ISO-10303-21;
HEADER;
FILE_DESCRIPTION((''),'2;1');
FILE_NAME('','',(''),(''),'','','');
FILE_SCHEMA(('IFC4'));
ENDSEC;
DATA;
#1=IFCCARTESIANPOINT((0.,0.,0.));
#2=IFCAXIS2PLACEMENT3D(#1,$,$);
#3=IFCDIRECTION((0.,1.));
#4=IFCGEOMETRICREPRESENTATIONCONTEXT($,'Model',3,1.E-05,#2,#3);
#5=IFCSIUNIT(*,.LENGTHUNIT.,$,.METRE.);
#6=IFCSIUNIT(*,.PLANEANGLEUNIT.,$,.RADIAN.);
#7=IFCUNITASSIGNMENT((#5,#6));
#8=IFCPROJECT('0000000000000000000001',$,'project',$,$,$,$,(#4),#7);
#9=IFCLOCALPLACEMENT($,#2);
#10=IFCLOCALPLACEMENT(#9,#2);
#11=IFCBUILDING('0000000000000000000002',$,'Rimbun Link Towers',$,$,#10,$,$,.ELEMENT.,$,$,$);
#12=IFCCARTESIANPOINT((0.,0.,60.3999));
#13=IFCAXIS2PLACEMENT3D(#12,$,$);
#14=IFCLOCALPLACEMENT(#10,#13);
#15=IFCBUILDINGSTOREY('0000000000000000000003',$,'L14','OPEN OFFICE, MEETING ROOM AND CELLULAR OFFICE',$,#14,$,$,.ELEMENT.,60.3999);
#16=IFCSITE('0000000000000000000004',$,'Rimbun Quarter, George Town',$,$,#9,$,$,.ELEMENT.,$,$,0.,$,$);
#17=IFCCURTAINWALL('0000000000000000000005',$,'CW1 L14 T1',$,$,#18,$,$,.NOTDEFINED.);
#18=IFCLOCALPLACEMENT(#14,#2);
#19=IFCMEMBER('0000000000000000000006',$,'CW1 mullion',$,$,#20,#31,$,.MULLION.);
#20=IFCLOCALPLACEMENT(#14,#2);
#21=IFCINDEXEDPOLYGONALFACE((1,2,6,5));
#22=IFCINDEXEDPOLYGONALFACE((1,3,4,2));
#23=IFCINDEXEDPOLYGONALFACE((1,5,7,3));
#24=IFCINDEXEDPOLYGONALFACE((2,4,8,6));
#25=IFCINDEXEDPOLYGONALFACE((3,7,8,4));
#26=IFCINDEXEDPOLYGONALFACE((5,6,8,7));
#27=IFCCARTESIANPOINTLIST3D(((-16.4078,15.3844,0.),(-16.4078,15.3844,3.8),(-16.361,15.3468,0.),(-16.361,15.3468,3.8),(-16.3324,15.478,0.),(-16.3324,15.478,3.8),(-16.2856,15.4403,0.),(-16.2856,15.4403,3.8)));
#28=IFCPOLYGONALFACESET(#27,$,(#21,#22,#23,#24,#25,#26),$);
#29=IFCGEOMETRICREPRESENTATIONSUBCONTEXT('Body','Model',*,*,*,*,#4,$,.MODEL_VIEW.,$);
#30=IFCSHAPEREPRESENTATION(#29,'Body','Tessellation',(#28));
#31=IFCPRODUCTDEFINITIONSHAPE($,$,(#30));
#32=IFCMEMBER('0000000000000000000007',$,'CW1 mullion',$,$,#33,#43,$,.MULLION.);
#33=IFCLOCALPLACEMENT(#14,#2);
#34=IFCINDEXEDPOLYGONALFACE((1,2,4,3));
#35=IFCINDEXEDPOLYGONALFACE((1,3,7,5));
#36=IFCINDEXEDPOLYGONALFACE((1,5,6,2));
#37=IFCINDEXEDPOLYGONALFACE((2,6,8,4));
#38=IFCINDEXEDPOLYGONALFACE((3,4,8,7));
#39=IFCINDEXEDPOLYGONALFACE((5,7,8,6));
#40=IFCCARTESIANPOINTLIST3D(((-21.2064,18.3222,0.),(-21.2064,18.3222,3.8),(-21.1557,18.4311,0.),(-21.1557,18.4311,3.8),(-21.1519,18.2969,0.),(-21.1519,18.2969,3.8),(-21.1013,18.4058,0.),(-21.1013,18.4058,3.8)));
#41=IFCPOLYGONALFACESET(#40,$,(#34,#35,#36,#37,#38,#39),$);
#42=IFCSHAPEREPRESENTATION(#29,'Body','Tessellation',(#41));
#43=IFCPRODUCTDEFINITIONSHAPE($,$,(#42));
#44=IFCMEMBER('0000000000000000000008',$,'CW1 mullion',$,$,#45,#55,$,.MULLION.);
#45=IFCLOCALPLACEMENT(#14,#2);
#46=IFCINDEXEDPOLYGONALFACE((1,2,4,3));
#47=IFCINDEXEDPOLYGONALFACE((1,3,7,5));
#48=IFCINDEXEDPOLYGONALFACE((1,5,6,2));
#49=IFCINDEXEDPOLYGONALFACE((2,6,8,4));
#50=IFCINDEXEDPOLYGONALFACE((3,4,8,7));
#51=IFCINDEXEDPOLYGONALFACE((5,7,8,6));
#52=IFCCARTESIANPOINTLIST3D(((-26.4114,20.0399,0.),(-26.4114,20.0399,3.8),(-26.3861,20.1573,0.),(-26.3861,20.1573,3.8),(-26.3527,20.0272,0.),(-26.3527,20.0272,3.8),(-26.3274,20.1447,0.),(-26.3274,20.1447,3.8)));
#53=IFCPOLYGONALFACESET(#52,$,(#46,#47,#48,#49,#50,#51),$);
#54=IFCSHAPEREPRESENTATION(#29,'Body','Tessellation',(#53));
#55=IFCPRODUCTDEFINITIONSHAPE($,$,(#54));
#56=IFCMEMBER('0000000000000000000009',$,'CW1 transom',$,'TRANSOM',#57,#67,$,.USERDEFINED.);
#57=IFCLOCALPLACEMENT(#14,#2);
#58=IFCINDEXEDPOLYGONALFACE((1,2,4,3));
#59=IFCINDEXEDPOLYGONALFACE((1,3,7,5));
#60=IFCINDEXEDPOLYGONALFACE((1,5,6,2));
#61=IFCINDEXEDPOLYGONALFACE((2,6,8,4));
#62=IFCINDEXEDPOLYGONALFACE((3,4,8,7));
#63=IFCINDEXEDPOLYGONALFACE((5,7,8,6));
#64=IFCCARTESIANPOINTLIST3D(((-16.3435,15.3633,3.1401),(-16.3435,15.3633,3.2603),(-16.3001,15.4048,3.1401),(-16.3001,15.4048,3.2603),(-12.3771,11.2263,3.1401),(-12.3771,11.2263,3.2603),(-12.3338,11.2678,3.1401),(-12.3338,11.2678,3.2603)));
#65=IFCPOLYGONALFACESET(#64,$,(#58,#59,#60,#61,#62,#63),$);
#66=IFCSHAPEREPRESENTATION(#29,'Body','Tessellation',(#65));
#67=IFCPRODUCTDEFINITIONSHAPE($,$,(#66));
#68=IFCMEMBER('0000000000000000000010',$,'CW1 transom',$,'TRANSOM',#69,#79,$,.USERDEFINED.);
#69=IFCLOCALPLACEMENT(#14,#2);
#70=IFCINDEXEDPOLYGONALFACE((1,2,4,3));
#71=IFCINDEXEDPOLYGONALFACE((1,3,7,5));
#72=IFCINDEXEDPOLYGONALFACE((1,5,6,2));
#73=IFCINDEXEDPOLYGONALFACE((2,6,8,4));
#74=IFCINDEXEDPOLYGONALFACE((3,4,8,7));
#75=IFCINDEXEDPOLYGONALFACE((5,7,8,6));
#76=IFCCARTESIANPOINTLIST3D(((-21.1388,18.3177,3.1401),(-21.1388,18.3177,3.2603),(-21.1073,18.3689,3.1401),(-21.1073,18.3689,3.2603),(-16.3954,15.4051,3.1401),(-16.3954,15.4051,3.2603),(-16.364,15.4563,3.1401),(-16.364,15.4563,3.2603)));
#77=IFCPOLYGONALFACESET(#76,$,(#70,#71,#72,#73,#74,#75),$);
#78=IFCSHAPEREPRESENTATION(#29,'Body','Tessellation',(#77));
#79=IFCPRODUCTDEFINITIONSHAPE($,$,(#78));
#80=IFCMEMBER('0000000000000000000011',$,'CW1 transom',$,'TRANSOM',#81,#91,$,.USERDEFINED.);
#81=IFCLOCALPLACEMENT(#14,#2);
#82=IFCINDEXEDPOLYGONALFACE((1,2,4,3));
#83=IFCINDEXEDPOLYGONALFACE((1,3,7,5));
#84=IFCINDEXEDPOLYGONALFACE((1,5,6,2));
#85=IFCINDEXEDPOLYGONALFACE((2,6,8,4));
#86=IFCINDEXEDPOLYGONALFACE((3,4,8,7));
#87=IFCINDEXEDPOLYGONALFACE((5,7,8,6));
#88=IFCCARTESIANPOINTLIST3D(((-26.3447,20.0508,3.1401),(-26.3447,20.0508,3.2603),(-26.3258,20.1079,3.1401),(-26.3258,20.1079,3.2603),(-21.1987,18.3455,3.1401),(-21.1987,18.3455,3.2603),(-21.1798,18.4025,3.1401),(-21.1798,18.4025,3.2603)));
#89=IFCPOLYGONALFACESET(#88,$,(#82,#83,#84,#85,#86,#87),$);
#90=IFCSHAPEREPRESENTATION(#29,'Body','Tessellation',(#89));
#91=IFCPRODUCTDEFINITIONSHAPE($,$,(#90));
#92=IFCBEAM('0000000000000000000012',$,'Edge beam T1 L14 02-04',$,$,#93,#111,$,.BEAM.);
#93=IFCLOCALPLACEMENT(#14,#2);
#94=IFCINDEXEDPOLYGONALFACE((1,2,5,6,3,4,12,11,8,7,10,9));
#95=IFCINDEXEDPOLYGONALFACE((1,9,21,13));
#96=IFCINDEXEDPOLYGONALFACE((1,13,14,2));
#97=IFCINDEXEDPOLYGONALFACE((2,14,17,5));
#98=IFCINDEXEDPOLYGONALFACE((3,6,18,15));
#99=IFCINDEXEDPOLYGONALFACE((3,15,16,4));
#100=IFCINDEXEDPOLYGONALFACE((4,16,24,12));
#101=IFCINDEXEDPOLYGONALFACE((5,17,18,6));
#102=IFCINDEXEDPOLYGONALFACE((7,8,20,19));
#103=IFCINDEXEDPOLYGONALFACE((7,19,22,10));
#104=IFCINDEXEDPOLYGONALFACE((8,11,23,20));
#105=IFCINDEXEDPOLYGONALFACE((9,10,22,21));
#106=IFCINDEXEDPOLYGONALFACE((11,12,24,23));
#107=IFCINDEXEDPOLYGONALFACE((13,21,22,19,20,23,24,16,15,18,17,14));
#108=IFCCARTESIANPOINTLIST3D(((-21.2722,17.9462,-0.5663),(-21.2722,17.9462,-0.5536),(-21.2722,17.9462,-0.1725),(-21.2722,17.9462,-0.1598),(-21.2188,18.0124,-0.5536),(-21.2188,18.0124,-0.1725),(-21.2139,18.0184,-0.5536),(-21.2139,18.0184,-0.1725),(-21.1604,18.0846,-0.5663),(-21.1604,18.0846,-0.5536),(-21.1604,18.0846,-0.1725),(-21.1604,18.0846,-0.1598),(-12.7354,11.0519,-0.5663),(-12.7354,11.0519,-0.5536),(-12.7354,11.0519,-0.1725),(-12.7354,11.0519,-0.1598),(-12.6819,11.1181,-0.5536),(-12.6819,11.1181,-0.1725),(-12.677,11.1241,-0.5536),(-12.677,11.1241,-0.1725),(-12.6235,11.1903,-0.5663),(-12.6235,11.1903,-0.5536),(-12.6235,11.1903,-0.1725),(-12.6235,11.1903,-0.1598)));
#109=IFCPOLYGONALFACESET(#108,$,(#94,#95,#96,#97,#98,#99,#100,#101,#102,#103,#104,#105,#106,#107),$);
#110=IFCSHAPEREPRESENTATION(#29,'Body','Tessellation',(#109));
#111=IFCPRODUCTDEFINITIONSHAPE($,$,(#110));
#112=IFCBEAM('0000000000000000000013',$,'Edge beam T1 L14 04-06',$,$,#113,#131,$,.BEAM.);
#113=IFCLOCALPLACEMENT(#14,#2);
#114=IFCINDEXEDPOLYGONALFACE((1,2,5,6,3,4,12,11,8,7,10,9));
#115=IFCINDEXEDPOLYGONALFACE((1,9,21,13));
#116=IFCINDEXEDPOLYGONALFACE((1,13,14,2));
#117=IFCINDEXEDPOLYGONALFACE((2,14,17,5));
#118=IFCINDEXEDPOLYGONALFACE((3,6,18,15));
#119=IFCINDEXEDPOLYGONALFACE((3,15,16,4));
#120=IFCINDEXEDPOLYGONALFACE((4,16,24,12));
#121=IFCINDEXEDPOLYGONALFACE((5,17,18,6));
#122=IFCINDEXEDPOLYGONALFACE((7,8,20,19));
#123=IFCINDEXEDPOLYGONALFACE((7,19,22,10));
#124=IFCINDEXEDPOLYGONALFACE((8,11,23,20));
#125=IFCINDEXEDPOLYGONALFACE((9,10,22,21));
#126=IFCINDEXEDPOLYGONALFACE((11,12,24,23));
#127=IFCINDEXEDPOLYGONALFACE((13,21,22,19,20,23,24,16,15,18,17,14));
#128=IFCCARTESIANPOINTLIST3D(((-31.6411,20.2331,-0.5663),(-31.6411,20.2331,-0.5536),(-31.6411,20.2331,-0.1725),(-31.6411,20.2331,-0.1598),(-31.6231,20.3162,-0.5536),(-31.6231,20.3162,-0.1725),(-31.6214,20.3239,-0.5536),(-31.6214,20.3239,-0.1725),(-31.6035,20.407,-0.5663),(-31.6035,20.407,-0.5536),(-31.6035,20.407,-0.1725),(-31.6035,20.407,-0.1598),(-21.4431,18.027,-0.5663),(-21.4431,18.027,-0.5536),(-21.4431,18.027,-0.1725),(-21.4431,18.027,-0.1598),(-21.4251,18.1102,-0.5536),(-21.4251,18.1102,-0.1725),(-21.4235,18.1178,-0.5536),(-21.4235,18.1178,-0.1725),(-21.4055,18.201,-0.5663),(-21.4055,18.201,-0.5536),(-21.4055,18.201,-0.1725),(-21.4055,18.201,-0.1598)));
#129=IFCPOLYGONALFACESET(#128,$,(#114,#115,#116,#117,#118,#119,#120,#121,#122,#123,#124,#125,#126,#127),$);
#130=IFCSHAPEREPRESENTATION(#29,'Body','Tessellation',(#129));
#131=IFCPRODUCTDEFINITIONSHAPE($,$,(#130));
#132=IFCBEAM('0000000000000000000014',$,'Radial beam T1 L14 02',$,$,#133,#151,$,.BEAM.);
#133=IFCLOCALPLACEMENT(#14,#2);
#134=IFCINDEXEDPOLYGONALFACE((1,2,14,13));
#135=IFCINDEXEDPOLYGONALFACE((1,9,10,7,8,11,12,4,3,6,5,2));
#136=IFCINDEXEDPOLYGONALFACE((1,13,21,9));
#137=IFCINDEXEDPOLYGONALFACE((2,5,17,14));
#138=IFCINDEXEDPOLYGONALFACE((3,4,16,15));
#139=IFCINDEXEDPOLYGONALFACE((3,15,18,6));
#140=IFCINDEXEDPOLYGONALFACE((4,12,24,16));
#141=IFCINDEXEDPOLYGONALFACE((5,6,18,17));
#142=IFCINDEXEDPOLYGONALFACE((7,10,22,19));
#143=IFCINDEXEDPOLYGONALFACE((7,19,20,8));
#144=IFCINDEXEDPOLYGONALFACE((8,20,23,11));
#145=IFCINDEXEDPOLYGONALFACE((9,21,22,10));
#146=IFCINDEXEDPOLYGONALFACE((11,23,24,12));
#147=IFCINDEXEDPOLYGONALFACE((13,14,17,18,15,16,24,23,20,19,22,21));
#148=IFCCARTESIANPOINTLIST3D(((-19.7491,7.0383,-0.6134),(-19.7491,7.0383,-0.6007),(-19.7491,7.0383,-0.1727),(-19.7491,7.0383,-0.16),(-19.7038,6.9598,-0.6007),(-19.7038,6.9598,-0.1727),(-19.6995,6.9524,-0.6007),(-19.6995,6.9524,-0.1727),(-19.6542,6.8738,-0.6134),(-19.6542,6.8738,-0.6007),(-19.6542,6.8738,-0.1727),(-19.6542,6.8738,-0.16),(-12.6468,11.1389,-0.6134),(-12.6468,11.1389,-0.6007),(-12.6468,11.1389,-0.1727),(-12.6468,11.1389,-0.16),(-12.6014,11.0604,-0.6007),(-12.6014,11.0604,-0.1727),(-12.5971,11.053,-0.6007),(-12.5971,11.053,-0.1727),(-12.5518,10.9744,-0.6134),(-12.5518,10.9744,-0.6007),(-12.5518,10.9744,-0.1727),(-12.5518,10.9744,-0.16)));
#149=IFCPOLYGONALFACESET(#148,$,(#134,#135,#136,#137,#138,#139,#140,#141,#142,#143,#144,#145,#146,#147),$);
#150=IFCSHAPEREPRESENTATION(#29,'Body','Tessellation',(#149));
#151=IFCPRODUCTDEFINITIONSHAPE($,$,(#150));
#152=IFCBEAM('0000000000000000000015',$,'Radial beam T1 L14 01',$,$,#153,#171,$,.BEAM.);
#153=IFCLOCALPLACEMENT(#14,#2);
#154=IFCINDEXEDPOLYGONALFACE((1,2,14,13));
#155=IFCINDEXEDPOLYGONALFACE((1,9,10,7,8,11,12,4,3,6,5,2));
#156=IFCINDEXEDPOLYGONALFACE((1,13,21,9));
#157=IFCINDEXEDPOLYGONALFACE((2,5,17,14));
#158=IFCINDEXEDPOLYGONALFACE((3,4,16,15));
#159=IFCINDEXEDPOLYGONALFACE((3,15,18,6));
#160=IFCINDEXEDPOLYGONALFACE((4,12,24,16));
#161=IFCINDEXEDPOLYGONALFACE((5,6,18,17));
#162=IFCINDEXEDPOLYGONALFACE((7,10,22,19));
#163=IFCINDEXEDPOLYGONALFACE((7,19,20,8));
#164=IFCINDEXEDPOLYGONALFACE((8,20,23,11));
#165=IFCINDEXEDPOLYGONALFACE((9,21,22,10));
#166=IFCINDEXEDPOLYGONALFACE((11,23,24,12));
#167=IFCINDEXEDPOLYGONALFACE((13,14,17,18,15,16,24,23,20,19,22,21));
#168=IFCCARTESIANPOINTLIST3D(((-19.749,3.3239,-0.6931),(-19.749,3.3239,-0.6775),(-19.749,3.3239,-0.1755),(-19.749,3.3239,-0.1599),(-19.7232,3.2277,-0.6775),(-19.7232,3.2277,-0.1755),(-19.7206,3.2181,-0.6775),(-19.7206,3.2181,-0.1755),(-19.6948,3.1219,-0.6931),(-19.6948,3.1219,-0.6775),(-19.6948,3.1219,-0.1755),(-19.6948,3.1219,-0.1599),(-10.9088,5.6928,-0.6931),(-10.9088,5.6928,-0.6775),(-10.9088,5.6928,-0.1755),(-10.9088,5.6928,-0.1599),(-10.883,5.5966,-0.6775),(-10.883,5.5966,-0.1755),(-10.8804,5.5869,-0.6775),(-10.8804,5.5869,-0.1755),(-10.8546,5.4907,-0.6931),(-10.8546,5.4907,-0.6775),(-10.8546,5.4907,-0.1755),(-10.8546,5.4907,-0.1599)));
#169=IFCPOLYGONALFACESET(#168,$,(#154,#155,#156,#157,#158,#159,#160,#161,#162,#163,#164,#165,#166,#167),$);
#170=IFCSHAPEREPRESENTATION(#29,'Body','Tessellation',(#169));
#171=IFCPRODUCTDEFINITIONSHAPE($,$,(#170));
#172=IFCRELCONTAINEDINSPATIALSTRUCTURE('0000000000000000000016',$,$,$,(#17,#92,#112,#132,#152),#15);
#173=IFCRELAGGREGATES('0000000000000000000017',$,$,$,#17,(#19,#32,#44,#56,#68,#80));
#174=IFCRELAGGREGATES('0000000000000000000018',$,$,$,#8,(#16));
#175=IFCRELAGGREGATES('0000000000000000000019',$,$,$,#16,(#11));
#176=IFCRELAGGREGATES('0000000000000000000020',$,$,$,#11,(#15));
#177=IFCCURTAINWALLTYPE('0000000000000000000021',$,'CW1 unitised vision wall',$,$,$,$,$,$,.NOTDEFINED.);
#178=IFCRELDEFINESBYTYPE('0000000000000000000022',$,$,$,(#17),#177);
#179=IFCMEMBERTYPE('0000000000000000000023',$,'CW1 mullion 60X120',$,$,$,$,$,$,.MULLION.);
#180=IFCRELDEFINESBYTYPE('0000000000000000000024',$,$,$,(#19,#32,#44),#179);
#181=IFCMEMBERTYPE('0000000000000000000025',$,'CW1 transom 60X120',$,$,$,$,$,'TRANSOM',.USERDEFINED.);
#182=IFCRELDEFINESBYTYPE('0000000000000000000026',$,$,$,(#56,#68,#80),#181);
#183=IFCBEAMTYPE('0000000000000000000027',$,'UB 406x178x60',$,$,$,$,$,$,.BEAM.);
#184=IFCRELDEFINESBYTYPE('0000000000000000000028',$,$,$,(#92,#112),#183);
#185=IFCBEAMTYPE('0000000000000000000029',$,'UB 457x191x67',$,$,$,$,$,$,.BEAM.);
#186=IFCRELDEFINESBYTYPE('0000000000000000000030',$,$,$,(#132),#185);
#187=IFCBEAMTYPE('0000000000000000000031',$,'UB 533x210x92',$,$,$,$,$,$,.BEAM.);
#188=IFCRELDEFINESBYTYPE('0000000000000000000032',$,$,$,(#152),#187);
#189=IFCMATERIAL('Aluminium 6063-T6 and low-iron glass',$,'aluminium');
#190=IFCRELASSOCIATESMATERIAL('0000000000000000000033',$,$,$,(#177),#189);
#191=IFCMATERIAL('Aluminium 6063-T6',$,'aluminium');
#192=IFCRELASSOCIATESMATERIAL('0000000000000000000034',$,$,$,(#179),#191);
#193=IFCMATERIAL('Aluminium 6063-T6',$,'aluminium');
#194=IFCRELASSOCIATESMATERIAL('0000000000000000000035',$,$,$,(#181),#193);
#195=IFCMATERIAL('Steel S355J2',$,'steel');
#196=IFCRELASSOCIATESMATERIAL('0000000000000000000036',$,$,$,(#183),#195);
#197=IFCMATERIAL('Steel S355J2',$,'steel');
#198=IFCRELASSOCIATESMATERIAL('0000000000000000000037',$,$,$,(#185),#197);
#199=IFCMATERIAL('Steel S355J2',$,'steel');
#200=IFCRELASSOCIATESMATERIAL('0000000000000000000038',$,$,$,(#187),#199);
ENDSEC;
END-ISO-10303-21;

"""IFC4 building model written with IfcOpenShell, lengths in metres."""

from ifc_helpers import new_model, si_unit, direction, frame, origin, origin_2d, place, context, subcontext, project, spatial, rectangle, i_section, extrude, material, material_profile, profile_set, type_object, element, aggregate, save


model = new_model("IFC4")

# Units and contexts
model_context = context("Model", 3, precision=1e-05, world=origin(), true_north=direction((0.0, 1.0)))
body_context = subcontext(model_context, "Body", "Model", "MODEL_VIEW")
ifc_project = project(units=[si_unit("LENGTHUNIT", "METRE"), si_unit("PLANEANGLEUNIT", "RADIAN")], contexts=[model_context])

# Site, building, storey
site_placement = place(None, origin())
site = spatial("IfcSite", under=ifc_project, at=site_placement, Name="Rimbun Quarter, George Town", CompositionType="ELEMENT", RefElevation=0.0)
building_placement = place(site_placement, origin())
building = spatial("IfcBuilding", under=site, at=building_placement, Name="Rimbun Link Towers", CompositionType="ELEMENT")
storey_placement = place(building_placement, frame((0.0, 0.0, 60.3999)))
storey = spatial("IfcBuildingStorey", under=building, at=storey_placement, Name="L14", Description="OPEN OFFICE, MEETING ROOM AND CELLULAR OFFICE", CompositionType="ELEMENT", Elevation=60.3999)

# Curtain wall, members
ifc_material_1 = material(Name="Aluminium 6063-T6 and low-iron glass", Category="aluminium")
curtain_wall_type = type_object("IfcCurtainWallType", Name="CW1 unitised vision wall", PredefinedType="NOTDEFINED", material=ifc_material_1)
curtain_wall_placement = place(storey_placement, origin())
curtain_wall = element("IfcCurtainWall", 1, at=curtain_wall_placement, inside=storey, type_object=curtain_wall_type, Name="CW1 L14 T1", PredefinedType="NOTDEFINED")
ifc_material_2 = material(Name="Aluminium 6063-T6", Category="aluminium")
ifc_material_profile_1 = material_profile(ifc_material_2, rectangle(XDim=0.1201, YDim=0.0601, at=origin_2d()), Name="MULLION 60X120")
ifc_profile_set_1 = profile_set([ifc_material_profile_1], Name="Aluminium 6063-T6")
member_type_1 = type_object("IfcMemberType", Name="CW1 mullion 60X120", PredefinedType="MULLION", material=ifc_profile_set_1)
member_1_placement = place(storey_placement, frame((-16.3467, 15.4124, 0.0), z_axis=(0.0, 0.0, 1.0), x_axis=(0.627666, 0.778483, 0.0)))
member_1 = element("IfcMember", 2, at=member_1_placement, type_object=member_type_1, Name="CW1 mullion", PredefinedType="MULLION", context=body_context, shape_type="SweptSolid", body=[
    extrude(rectangle(XDim=0.1201, YDim=0.0601, at=origin_2d()), origin(), (0.0, 0.0, 1.0), 3.8),
])
member_2_placement = place(storey_placement, frame((-21.1538, 18.364, 0.0), z_axis=(0.0, 0.0, 1.0), x_axis=(0.421705, 0.906733, 0.0)))
member_2 = element("IfcMember", 3, at=member_2_placement, type_object=member_type_1, Name="CW1 mullion", PredefinedType="MULLION", context=body_context, shape_type="SweptSolid", body=[
    extrude(rectangle(XDim=0.1201, YDim=0.0601, at=origin_2d()), origin(), (0.0, 0.0, 1.0), 3.8),
])
member_3_placement = place(storey_placement, frame((-26.3694, 20.0923, 0.0), z_axis=(0.0, 0.0, 1.0), x_axis=(0.210874, 0.977513, 0.0)))
member_3 = element("IfcMember", 4, at=member_3_placement, type_object=member_type_1, Name="CW1 mullion", PredefinedType="MULLION", context=body_context, shape_type="SweptSolid", body=[
    extrude(rectangle(XDim=0.1201, YDim=0.0601, at=origin_2d()), origin(), (0.0, 0.0, 1.0), 3.8),
])
ifc_material_3 = material(Name="Aluminium 6063-T6", Category="aluminium")
ifc_material_profile_2 = material_profile(ifc_material_3, rectangle(XDim=0.0601, YDim=0.1201, at=origin_2d()), Name="TRANSOM 60X120")
ifc_profile_set_2 = profile_set([ifc_material_profile_2], Name="Aluminium 6063-T6")
member_type_2 = type_object("IfcMemberType", Name="CW1 transom 60X120", ElementType="TRANSOM", PredefinedType="USERDEFINED", material=ifc_profile_set_2)
member_4_placement = place(storey_placement, frame((-16.3218, 15.384, 3.2002), z_axis=(0.692062, -0.721838, 0.0), x_axis=(0.721838, 0.692062, 0.0)))
member_4 = element("IfcMember", 5, at=member_4_placement, type_object=member_type_2, Name="CW1 transom", ObjectType="TRANSOM", PredefinedType="USERDEFINED", context=body_context, shape_type="SweptSolid", body=[
    extrude(rectangle(XDim=0.0601, YDim=0.1201, at=origin_2d()), origin(), (0.0, 0.0, 1.0), 5.7312),
])
member_5_placement = place(storey_placement, frame((-21.123, 18.3433, 3.2002), z_axis=(0.852173, -0.52326, 0.0), x_axis=(0.52326, 0.852173, 0.0)))
member_5 = element("IfcMember", 6, at=member_5_placement, type_object=member_type_2, Name="CW1 transom", ObjectType="TRANSOM", PredefinedType="USERDEFINED", context=body_context, shape_type="SweptSolid", body=[
    extrude(rectangle(XDim=0.0601, YDim=0.1201, at=origin_2d()), origin(), (0.0, 0.0, 1.0), 5.5662),
])
member_6_placement = place(storey_placement, frame((-26.3352, 20.0793, 3.2002), z_axis=(0.949236, -0.314566, 0.0), x_axis=(0.314566, 0.949236, 0.0)))
member_6 = element("IfcMember", 7, at=member_6_placement, type_object=member_type_2, Name="CW1 transom", ObjectType="TRANSOM", PredefinedType="USERDEFINED", context=body_context, shape_type="SweptSolid", body=[
    extrude(rectangle(XDim=0.0601, YDim=0.1201, at=origin_2d()), origin(), (0.0, 0.0, 1.0), 5.4211),
])

# Beams
ifc_material_4 = material(Name="Steel S355J2", Category="steel")
ifc_material_profile_3 = material_profile(ifc_material_4, i_section(OverallWidth=0.178, OverallDepth=0.4065, WebThickness=0.0078, FlangeThickness=0.0127, at=origin_2d()), Name="UB 406x178x60")
ifc_profile_set_3 = profile_set([ifc_material_profile_3], Name="Steel S355J2")
beam_type_1 = type_object("IfcBeamType", Name="UB 406x178x60", PredefinedType="BEAM", material=ifc_profile_set_3)
beam_1_placement = place(storey_placement, frame((-12.6794, 11.1211, -0.363), z_axis=(-0.77798, 0.628289, 0.0), x_axis=(-0.628289, -0.77798, 0.0)))
element("IfcBeam", 8, at=beam_1_placement, inside=storey, type_object=beam_type_1, Name="Edge beam T1 L14 02-04", PredefinedType="BEAM", context=body_context, shape_type="SweptSolid", body=[
    extrude(i_section(OverallWidth=0.178, OverallDepth=0.4065, WebThickness=0.0078, FlangeThickness=0.0127, at=origin_2d()), origin(), (0.0, 0.0, 1.0), 10.9731),
])
beam_2_placement = place(storey_placement, frame((-21.4243, 18.114, -0.363), z_axis=(-0.977393, 0.211432, 0.0), x_axis=(-0.211432, -0.977393, 0.0)))
element("IfcBeam", 9, at=beam_2_placement, inside=storey, type_object=beam_type_1, Name="Edge beam T1 L14 04-06", PredefinedType="BEAM", context=body_context, shape_type="SweptSolid", body=[
    extrude(i_section(OverallWidth=0.178, OverallDepth=0.4065, WebThickness=0.0078, FlangeThickness=0.0127, at=origin_2d()), origin(), (0.0, 0.0, 1.0), 10.4338),
])
ifc_material_5 = material(Name="Steel S355J2", Category="steel")
ifc_material_profile_4 = material_profile(ifc_material_5, i_section(OverallWidth=0.1899, OverallDepth=0.4534, WebThickness=0.0085, FlangeThickness=0.0127, at=origin_2d()), Name="UB 457x191x67")
ifc_profile_set_4 = profile_set([ifc_material_profile_4], Name="Steel S355J2")
beam_type_2 = type_object("IfcBeamType", Name="UB 457x191x67", PredefinedType="BEAM", material=ifc_profile_set_4)
beam_3_placement = place(storey_placement, frame((-19.7017, 6.9561, -0.3867), z_axis=(0.866021, 0.500007, 0.0), x_axis=(-0.500007, 0.866021, 0.0)))
element("IfcBeam", 10, at=beam_3_placement, inside=storey, type_object=beam_type_2, Name="Radial beam T1 L14 02", PredefinedType="BEAM", context=body_context, shape_type="SweptSolid", body=[
    extrude(i_section(OverallWidth=0.1899, OverallDepth=0.4534, WebThickness=0.0085, FlangeThickness=0.0127, at=origin_2d()), origin(), (0.0, 0.0, 1.0), 8.2012),
])
ifc_material_6 = material(Name="Steel S355J2", Category="steel")
ifc_material_profile_5 = material_profile(ifc_material_6, i_section(OverallWidth=0.2092, OverallDepth=0.5332, WebThickness=0.01, FlangeThickness=0.0156, at=origin_2d()), Name="UB 533x210x92")
ifc_profile_set_5 = profile_set([ifc_material_profile_5], Name="Steel S355J2")
beam_type_3 = type_object("IfcBeamType", Name="UB 533x210x92", PredefinedType="BEAM", material=ifc_profile_set_5)
beam_4_placement = place(storey_placement, frame((-19.7219, 3.2229, -0.4265), z_axis=(0.965922, 0.258833, 0.0), x_axis=(-0.258833, 0.965922, 0.0)))
element("IfcBeam", 11, at=beam_4_placement, inside=storey, type_object=beam_type_3, Name="Radial beam T1 L14 01", PredefinedType="BEAM", context=body_context, shape_type="SweptSolid", body=[
    extrude(i_section(OverallWidth=0.2092, OverallDepth=0.5332, WebThickness=0.01, FlangeThickness=0.0156, at=origin_2d()), origin(), (0.0, 0.0, 1.0), 9.1521),
])

aggregate(curtain_wall, [member_1, member_2, member_3, member_4, member_5, member_6])

save(model, "model.ifc")
